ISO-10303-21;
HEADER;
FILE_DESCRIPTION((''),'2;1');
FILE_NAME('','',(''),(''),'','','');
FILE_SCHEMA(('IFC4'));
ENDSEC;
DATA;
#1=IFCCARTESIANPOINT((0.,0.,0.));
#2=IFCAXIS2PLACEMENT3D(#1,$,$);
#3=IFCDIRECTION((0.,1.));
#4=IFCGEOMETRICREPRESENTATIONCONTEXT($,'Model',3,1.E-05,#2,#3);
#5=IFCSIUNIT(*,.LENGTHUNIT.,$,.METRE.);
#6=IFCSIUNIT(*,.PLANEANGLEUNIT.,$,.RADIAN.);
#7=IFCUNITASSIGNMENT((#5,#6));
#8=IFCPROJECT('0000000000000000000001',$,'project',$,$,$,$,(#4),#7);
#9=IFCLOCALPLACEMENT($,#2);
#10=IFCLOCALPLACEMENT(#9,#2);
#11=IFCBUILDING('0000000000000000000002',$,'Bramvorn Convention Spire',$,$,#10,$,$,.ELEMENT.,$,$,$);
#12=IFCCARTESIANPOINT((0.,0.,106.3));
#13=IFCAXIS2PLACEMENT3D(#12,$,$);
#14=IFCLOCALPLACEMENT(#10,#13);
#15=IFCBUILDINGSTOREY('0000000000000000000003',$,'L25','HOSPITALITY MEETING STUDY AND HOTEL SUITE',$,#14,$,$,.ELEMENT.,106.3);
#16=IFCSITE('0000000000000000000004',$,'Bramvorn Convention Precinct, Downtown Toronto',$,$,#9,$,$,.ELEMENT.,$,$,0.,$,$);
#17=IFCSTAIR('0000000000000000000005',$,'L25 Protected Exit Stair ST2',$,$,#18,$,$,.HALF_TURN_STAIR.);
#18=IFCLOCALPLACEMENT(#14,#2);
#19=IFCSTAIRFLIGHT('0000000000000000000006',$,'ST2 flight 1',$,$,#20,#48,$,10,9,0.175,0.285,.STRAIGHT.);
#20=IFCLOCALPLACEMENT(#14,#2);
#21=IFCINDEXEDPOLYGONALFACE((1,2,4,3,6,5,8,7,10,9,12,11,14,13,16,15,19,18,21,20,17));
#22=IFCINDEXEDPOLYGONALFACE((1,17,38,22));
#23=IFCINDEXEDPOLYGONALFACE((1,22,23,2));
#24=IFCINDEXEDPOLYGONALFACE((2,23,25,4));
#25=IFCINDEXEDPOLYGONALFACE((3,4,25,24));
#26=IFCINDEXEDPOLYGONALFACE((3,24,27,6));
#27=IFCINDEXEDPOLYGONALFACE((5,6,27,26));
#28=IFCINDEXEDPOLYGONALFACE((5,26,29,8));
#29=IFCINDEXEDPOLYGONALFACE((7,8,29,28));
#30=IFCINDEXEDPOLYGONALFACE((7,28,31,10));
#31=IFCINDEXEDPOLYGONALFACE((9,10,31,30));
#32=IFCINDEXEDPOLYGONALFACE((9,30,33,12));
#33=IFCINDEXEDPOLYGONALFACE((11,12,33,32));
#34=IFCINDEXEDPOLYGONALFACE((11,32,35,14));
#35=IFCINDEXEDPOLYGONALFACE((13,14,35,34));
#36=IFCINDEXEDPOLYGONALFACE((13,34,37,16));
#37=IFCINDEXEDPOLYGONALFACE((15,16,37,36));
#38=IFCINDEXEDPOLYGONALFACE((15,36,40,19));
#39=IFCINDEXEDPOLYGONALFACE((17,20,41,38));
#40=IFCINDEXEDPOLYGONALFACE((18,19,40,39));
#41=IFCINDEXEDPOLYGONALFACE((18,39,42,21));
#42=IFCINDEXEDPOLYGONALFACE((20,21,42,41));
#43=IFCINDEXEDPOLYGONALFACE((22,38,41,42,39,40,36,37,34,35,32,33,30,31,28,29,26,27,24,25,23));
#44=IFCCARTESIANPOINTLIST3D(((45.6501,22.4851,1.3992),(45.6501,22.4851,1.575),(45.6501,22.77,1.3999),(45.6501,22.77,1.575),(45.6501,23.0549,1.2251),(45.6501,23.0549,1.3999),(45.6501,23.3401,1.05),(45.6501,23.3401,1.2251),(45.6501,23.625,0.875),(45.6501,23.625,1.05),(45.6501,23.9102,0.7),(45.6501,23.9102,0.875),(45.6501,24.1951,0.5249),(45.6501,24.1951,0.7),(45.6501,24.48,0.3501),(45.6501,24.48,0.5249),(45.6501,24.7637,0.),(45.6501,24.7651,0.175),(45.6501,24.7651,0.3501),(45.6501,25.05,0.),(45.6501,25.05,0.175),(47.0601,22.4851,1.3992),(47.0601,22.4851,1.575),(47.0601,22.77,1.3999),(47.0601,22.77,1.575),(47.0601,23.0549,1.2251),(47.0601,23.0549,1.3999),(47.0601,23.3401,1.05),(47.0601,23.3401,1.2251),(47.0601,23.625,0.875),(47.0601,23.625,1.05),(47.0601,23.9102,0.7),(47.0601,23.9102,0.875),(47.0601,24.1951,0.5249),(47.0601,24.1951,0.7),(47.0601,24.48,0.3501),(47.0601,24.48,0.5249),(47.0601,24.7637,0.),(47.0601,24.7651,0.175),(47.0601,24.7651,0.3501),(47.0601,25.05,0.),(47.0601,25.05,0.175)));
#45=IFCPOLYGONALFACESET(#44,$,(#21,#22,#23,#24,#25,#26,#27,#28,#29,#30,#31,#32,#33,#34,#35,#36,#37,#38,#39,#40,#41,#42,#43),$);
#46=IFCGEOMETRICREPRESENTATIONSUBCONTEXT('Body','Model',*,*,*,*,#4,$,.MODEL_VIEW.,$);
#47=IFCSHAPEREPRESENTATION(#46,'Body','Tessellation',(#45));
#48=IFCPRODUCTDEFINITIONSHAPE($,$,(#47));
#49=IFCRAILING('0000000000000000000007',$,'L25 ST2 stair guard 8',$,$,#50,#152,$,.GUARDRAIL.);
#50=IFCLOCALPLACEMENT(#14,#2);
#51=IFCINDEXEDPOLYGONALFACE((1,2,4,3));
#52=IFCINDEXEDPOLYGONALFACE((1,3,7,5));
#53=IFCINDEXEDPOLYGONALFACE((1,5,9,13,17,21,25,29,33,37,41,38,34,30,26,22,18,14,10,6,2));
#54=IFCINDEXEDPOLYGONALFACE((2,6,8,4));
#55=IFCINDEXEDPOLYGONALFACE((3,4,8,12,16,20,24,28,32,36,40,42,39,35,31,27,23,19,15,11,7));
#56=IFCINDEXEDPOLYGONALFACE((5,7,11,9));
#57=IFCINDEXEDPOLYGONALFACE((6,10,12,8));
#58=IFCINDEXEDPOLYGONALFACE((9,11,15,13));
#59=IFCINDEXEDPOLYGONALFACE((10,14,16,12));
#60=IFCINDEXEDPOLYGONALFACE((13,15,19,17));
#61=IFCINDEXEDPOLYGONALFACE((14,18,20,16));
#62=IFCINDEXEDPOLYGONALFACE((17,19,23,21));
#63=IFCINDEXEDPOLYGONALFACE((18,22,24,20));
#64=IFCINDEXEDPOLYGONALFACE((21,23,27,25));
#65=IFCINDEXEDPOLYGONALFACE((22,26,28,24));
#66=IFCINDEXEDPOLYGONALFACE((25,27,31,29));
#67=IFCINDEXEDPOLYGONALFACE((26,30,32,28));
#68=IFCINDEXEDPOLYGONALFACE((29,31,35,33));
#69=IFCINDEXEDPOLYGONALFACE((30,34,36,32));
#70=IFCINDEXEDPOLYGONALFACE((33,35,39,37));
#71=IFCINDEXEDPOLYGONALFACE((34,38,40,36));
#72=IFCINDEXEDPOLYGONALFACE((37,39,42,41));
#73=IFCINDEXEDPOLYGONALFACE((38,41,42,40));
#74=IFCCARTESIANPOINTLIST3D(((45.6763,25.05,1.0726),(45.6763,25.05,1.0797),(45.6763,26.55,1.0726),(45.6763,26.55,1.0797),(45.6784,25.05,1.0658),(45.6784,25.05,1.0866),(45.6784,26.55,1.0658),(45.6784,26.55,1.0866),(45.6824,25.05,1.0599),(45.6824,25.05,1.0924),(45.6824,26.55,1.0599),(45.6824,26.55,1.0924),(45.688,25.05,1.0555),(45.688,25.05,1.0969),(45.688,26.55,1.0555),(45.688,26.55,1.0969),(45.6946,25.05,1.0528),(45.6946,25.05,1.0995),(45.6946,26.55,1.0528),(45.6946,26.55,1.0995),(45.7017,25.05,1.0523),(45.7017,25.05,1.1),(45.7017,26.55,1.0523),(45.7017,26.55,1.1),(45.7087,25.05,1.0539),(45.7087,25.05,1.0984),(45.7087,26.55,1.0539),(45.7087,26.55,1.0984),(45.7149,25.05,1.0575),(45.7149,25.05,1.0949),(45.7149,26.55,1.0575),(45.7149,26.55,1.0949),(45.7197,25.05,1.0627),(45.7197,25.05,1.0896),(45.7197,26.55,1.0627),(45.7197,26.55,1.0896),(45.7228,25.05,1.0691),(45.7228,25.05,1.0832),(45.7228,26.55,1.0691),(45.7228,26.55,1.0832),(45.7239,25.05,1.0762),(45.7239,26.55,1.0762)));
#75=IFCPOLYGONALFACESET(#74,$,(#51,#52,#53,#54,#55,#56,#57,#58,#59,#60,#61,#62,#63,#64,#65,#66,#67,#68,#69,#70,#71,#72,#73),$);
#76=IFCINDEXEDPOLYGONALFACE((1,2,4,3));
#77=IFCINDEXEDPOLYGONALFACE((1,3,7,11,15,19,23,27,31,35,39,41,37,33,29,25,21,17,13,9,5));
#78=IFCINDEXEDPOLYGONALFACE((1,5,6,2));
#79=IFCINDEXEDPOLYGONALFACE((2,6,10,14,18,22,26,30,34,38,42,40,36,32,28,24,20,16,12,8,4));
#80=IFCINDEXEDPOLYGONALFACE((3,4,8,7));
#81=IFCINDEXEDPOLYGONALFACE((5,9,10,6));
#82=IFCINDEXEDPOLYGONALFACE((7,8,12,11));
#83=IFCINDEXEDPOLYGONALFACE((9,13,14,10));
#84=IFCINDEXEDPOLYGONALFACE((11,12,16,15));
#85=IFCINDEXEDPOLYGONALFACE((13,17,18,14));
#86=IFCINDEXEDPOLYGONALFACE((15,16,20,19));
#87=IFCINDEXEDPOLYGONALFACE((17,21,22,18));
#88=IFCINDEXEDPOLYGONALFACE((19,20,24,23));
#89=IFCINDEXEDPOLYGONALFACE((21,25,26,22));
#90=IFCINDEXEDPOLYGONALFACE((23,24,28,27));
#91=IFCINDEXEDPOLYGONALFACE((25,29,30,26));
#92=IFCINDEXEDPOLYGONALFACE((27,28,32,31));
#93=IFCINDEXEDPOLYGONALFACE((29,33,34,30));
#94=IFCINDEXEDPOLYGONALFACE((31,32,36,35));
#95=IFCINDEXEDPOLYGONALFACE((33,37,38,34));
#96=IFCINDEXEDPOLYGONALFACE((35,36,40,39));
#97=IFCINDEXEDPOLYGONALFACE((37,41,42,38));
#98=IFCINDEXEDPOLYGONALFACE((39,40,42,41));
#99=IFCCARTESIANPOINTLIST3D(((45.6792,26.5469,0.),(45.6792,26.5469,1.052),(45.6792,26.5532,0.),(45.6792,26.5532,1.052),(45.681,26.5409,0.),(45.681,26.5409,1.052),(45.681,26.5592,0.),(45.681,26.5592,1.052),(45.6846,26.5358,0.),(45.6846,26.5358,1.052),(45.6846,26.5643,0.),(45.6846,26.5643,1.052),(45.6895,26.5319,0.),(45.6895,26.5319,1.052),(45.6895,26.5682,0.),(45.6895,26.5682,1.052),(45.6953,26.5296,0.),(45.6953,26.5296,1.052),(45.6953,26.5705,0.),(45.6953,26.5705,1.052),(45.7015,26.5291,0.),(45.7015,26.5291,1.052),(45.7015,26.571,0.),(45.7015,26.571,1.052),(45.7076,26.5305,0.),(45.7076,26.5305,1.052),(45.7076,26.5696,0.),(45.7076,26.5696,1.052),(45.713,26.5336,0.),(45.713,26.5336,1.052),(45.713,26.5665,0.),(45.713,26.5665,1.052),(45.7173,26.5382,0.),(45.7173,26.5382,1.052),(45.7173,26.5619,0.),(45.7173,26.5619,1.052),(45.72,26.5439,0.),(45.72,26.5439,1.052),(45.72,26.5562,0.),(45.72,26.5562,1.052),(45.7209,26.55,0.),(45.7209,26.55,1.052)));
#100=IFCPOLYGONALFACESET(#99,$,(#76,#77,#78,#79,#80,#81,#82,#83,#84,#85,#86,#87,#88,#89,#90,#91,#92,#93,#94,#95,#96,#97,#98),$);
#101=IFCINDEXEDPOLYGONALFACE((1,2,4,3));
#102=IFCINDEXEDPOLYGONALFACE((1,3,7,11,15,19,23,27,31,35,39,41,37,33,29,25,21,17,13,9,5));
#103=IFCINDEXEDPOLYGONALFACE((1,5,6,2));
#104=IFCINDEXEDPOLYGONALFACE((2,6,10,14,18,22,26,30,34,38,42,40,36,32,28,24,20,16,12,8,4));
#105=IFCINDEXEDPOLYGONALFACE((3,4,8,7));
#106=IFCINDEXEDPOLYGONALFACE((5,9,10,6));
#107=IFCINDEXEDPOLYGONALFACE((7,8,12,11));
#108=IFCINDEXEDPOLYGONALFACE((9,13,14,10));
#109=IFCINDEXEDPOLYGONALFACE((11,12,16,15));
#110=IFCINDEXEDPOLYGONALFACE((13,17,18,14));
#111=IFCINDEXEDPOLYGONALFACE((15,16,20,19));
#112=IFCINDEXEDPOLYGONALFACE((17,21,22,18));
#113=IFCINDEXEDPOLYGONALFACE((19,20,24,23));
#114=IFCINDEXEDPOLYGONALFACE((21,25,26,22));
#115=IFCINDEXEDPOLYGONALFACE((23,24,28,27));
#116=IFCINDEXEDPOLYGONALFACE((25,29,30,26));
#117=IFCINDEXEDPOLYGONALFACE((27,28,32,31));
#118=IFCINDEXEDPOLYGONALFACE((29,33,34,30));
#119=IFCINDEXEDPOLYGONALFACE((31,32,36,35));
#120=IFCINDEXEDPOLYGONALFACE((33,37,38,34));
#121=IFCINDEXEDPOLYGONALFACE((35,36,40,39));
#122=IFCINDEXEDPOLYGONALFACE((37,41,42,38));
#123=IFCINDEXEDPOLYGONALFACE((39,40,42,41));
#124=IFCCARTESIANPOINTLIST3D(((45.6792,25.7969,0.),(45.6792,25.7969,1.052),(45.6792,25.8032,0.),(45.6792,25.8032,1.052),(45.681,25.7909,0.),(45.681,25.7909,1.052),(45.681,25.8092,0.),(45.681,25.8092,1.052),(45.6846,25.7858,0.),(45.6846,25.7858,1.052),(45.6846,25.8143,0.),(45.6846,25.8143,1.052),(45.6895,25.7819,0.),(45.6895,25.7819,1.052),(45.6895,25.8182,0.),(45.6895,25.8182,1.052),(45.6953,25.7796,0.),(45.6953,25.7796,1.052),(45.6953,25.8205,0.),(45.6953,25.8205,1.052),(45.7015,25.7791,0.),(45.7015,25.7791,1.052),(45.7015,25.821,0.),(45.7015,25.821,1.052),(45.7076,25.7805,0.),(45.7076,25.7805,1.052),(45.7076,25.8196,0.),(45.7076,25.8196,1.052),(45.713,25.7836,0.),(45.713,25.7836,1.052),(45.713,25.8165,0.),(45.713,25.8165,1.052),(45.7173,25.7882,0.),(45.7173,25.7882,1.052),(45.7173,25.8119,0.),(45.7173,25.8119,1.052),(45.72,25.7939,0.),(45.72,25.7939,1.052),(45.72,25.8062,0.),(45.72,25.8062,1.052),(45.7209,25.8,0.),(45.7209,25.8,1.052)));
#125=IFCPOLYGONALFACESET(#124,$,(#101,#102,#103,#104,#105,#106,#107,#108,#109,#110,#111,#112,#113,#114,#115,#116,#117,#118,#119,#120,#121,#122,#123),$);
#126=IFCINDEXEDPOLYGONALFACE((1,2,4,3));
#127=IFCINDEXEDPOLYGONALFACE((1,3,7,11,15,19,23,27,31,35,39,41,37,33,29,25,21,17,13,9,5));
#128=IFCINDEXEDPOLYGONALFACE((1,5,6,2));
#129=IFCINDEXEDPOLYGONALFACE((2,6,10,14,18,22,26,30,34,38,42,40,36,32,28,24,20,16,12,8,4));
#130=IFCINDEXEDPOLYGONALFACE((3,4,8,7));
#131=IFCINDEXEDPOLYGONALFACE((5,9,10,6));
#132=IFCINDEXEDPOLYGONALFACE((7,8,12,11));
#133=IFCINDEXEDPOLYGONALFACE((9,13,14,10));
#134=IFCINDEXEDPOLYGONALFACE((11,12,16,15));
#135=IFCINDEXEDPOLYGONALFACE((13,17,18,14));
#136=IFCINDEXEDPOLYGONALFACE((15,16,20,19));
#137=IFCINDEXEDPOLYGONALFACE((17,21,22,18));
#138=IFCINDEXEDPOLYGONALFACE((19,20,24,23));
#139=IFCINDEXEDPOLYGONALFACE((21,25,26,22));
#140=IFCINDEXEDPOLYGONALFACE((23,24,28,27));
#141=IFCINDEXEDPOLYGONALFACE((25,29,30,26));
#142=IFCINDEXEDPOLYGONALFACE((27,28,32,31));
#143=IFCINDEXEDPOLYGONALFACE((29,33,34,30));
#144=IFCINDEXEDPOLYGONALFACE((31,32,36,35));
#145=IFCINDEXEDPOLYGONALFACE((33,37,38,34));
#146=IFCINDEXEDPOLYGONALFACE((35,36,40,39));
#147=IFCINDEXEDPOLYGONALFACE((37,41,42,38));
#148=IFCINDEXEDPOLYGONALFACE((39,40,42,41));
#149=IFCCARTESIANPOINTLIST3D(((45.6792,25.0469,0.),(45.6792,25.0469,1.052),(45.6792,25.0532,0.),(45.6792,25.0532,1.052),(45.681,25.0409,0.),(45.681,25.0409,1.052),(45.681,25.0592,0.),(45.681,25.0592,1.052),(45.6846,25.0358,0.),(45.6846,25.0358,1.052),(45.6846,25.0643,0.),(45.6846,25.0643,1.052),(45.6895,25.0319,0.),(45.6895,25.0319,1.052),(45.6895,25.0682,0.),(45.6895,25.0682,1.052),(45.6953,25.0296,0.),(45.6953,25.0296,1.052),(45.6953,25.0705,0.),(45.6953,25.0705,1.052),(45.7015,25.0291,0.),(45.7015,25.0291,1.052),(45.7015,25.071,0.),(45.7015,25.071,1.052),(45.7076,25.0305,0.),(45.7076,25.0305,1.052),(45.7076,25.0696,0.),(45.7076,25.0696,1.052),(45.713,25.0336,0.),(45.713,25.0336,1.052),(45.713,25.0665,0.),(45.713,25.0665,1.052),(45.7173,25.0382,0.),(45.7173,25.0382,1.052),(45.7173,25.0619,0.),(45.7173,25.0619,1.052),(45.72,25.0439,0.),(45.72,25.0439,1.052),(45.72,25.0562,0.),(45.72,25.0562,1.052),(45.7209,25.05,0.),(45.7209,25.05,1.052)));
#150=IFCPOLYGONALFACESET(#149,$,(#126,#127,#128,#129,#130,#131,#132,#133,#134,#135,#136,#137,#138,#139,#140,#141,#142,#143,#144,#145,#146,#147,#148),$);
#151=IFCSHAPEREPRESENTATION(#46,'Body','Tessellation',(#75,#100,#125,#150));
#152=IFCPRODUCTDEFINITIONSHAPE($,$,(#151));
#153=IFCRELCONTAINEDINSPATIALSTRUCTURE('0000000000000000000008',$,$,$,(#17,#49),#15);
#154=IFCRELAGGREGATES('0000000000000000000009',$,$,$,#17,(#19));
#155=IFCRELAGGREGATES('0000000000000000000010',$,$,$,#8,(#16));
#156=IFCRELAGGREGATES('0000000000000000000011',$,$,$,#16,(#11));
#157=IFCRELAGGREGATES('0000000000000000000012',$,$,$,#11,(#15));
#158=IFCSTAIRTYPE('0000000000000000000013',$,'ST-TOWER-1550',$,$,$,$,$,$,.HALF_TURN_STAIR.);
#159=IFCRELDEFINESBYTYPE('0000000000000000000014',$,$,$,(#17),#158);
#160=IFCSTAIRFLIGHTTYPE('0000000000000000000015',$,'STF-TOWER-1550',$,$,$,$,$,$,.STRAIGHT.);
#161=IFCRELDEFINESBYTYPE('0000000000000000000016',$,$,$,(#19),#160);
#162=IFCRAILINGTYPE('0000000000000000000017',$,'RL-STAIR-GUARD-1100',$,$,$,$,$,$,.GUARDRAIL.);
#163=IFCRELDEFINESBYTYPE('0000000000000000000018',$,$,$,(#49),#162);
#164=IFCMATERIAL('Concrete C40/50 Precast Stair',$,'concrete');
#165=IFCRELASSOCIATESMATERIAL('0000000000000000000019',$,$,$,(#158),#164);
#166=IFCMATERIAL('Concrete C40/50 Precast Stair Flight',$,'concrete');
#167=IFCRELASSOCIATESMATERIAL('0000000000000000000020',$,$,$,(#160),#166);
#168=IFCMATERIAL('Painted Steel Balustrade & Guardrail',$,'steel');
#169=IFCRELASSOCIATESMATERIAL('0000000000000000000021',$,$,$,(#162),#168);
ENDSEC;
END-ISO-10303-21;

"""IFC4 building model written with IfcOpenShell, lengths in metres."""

from ifc_helpers import new_model, si_unit, direction, frame, origin, origin_2d, place, context, subcontext, project, spatial, polyline, circle, outline, extrude, material, type_object, element, aggregate, save


model = new_model("IFC4")

# Units and contexts
model_context = context("Model", 3, precision=1e-05, world=origin(), true_north=direction((0.0, 1.0)))
body_context = subcontext(model_context, "Body", "Model", "MODEL_VIEW")
ifc_project = project(units=[si_unit("LENGTHUNIT", "METRE"), si_unit("PLANEANGLEUNIT", "RADIAN")], contexts=[model_context])

# Site, building, storey
site_placement = place(None, origin())
site = spatial("IfcSite", under=ifc_project, at=site_placement, Name="Bramvorn Convention Precinct, Downtown Toronto", CompositionType="ELEMENT", RefElevation=0.0)
building_placement = place(site_placement, origin())
building = spatial("IfcBuilding", under=site, at=building_placement, Name="Bramvorn Convention Spire", CompositionType="ELEMENT")
storey_placement = place(building_placement, frame((0.0, 0.0, 106.3)))
storey = spatial("IfcBuildingStorey", under=building, at=storey_placement, Name="L25", Description="HOSPITALITY MEETING STUDY AND HOTEL SUITE", CompositionType="ELEMENT", Elevation=106.3)

# Stair, stair flight
ifc_material_1 = material(Name="Concrete C40/50 Precast Stair", Category="concrete")
stair_type = type_object("IfcStairType", Name="ST-TOWER-1550", PredefinedType="HALF_TURN_STAIR", material=ifc_material_1)
stair_placement = place(storey_placement, origin())
stair = element("IfcStair", 1, at=stair_placement, inside=storey, type_object=stair_type, Name="L25 Protected Exit Stair ST2", PredefinedType="HALF_TURN_STAIR")
ifc_material_2 = material(Name="Concrete C40/50 Precast Stair Flight", Category="concrete")
stair_flight_type = type_object("IfcStairFlightType", Name="STF-TOWER-1550", PredefinedType="STRAIGHT", material=ifc_material_2)
stair_flight_placement = place(storey_placement, frame((46.355, 25.05, 0.0), z_axis=(0.0, 0.0, 1.0), x_axis=(0.0, -1.0, 0.0)))
stair_flight = element("IfcStairFlight", 2, at=stair_flight_placement, type_object=stair_flight_type, Name="ST2 flight 1", NumberOfRisers=10, NumberOfTreads=9, PredefinedType="STRAIGHT", RiserHeight=0.175, TreadLength=0.285, context=body_context, shape_type="SweptSolid", body=[
    extrude(outline(polyline([(0.0, 0.0), (0.0, 0.175), (0.2849, 0.175), (0.2849, 0.3501), (0.5701, 0.3501), (0.5701, 0.5249), (0.855, 0.5249), (0.855, 0.7), (1.1399, 0.7), (1.1399, 0.875), (1.425, 0.875), (1.425, 1.05), (1.71, 1.05), (1.71, 1.2251), (1.9951, 1.2251), (1.9951, 1.3999), (2.28, 1.3999), (2.28, 1.575), (2.5649, 1.575), (2.5649, 1.75), (2.5649, 1.3992), (0.2864, 0.0), (0.0, 0.0)])), frame((0.0, 0.7051, 0.0), z_axis=(0.0, -1.0, 0.0), x_axis=(1.0, 0.0, 0.0)), (0.0, 0.0, 1.0), 1.4099),
])
aggregate(stair, [stair_flight])

# Railing
ifc_material_3 = material(Name="Painted Steel Balustrade & Guardrail", Category="steel")
railing_type_1 = type_object("IfcRailingType", Name="RL-STAIR-GUARD-1100", PredefinedType="GUARDRAIL", material=ifc_material_3)
railing_1_placement = place(storey_placement, frame((45.7, 26.55, 0.0)))
element("IfcRailing", 3, at=railing_1_placement, inside=storey, type_object=railing_type_1, Name="L25 ST2 stair guard 8", PredefinedType="GUARDRAIL", context=body_context, shape_type="SweptSolid", body=[
    extrude(circle(Radius=0.0239, at=origin_2d()), frame((0.0, 0.0, 1.0762), z_axis=(0.0, -1.0, 0.0), x_axis=(1.0, 0.0, 0.0)), (0.0, 0.0, 1.0), 1.5),
    extrude(circle(Radius=0.021, at=origin_2d()), origin(), (0.0, 0.0, 1.0), 1.052),
    extrude(circle(Radius=0.021, at=origin_2d()), frame((0.0, -0.75, 0.0)), (0.0, 0.0, 1.0), 1.052),
    extrude(circle(Radius=0.021, at=origin_2d()), frame((0.0, -1.5, 0.0)), (0.0, 0.0, 1.0), 1.052),
])

save(model, "model.ifc")
